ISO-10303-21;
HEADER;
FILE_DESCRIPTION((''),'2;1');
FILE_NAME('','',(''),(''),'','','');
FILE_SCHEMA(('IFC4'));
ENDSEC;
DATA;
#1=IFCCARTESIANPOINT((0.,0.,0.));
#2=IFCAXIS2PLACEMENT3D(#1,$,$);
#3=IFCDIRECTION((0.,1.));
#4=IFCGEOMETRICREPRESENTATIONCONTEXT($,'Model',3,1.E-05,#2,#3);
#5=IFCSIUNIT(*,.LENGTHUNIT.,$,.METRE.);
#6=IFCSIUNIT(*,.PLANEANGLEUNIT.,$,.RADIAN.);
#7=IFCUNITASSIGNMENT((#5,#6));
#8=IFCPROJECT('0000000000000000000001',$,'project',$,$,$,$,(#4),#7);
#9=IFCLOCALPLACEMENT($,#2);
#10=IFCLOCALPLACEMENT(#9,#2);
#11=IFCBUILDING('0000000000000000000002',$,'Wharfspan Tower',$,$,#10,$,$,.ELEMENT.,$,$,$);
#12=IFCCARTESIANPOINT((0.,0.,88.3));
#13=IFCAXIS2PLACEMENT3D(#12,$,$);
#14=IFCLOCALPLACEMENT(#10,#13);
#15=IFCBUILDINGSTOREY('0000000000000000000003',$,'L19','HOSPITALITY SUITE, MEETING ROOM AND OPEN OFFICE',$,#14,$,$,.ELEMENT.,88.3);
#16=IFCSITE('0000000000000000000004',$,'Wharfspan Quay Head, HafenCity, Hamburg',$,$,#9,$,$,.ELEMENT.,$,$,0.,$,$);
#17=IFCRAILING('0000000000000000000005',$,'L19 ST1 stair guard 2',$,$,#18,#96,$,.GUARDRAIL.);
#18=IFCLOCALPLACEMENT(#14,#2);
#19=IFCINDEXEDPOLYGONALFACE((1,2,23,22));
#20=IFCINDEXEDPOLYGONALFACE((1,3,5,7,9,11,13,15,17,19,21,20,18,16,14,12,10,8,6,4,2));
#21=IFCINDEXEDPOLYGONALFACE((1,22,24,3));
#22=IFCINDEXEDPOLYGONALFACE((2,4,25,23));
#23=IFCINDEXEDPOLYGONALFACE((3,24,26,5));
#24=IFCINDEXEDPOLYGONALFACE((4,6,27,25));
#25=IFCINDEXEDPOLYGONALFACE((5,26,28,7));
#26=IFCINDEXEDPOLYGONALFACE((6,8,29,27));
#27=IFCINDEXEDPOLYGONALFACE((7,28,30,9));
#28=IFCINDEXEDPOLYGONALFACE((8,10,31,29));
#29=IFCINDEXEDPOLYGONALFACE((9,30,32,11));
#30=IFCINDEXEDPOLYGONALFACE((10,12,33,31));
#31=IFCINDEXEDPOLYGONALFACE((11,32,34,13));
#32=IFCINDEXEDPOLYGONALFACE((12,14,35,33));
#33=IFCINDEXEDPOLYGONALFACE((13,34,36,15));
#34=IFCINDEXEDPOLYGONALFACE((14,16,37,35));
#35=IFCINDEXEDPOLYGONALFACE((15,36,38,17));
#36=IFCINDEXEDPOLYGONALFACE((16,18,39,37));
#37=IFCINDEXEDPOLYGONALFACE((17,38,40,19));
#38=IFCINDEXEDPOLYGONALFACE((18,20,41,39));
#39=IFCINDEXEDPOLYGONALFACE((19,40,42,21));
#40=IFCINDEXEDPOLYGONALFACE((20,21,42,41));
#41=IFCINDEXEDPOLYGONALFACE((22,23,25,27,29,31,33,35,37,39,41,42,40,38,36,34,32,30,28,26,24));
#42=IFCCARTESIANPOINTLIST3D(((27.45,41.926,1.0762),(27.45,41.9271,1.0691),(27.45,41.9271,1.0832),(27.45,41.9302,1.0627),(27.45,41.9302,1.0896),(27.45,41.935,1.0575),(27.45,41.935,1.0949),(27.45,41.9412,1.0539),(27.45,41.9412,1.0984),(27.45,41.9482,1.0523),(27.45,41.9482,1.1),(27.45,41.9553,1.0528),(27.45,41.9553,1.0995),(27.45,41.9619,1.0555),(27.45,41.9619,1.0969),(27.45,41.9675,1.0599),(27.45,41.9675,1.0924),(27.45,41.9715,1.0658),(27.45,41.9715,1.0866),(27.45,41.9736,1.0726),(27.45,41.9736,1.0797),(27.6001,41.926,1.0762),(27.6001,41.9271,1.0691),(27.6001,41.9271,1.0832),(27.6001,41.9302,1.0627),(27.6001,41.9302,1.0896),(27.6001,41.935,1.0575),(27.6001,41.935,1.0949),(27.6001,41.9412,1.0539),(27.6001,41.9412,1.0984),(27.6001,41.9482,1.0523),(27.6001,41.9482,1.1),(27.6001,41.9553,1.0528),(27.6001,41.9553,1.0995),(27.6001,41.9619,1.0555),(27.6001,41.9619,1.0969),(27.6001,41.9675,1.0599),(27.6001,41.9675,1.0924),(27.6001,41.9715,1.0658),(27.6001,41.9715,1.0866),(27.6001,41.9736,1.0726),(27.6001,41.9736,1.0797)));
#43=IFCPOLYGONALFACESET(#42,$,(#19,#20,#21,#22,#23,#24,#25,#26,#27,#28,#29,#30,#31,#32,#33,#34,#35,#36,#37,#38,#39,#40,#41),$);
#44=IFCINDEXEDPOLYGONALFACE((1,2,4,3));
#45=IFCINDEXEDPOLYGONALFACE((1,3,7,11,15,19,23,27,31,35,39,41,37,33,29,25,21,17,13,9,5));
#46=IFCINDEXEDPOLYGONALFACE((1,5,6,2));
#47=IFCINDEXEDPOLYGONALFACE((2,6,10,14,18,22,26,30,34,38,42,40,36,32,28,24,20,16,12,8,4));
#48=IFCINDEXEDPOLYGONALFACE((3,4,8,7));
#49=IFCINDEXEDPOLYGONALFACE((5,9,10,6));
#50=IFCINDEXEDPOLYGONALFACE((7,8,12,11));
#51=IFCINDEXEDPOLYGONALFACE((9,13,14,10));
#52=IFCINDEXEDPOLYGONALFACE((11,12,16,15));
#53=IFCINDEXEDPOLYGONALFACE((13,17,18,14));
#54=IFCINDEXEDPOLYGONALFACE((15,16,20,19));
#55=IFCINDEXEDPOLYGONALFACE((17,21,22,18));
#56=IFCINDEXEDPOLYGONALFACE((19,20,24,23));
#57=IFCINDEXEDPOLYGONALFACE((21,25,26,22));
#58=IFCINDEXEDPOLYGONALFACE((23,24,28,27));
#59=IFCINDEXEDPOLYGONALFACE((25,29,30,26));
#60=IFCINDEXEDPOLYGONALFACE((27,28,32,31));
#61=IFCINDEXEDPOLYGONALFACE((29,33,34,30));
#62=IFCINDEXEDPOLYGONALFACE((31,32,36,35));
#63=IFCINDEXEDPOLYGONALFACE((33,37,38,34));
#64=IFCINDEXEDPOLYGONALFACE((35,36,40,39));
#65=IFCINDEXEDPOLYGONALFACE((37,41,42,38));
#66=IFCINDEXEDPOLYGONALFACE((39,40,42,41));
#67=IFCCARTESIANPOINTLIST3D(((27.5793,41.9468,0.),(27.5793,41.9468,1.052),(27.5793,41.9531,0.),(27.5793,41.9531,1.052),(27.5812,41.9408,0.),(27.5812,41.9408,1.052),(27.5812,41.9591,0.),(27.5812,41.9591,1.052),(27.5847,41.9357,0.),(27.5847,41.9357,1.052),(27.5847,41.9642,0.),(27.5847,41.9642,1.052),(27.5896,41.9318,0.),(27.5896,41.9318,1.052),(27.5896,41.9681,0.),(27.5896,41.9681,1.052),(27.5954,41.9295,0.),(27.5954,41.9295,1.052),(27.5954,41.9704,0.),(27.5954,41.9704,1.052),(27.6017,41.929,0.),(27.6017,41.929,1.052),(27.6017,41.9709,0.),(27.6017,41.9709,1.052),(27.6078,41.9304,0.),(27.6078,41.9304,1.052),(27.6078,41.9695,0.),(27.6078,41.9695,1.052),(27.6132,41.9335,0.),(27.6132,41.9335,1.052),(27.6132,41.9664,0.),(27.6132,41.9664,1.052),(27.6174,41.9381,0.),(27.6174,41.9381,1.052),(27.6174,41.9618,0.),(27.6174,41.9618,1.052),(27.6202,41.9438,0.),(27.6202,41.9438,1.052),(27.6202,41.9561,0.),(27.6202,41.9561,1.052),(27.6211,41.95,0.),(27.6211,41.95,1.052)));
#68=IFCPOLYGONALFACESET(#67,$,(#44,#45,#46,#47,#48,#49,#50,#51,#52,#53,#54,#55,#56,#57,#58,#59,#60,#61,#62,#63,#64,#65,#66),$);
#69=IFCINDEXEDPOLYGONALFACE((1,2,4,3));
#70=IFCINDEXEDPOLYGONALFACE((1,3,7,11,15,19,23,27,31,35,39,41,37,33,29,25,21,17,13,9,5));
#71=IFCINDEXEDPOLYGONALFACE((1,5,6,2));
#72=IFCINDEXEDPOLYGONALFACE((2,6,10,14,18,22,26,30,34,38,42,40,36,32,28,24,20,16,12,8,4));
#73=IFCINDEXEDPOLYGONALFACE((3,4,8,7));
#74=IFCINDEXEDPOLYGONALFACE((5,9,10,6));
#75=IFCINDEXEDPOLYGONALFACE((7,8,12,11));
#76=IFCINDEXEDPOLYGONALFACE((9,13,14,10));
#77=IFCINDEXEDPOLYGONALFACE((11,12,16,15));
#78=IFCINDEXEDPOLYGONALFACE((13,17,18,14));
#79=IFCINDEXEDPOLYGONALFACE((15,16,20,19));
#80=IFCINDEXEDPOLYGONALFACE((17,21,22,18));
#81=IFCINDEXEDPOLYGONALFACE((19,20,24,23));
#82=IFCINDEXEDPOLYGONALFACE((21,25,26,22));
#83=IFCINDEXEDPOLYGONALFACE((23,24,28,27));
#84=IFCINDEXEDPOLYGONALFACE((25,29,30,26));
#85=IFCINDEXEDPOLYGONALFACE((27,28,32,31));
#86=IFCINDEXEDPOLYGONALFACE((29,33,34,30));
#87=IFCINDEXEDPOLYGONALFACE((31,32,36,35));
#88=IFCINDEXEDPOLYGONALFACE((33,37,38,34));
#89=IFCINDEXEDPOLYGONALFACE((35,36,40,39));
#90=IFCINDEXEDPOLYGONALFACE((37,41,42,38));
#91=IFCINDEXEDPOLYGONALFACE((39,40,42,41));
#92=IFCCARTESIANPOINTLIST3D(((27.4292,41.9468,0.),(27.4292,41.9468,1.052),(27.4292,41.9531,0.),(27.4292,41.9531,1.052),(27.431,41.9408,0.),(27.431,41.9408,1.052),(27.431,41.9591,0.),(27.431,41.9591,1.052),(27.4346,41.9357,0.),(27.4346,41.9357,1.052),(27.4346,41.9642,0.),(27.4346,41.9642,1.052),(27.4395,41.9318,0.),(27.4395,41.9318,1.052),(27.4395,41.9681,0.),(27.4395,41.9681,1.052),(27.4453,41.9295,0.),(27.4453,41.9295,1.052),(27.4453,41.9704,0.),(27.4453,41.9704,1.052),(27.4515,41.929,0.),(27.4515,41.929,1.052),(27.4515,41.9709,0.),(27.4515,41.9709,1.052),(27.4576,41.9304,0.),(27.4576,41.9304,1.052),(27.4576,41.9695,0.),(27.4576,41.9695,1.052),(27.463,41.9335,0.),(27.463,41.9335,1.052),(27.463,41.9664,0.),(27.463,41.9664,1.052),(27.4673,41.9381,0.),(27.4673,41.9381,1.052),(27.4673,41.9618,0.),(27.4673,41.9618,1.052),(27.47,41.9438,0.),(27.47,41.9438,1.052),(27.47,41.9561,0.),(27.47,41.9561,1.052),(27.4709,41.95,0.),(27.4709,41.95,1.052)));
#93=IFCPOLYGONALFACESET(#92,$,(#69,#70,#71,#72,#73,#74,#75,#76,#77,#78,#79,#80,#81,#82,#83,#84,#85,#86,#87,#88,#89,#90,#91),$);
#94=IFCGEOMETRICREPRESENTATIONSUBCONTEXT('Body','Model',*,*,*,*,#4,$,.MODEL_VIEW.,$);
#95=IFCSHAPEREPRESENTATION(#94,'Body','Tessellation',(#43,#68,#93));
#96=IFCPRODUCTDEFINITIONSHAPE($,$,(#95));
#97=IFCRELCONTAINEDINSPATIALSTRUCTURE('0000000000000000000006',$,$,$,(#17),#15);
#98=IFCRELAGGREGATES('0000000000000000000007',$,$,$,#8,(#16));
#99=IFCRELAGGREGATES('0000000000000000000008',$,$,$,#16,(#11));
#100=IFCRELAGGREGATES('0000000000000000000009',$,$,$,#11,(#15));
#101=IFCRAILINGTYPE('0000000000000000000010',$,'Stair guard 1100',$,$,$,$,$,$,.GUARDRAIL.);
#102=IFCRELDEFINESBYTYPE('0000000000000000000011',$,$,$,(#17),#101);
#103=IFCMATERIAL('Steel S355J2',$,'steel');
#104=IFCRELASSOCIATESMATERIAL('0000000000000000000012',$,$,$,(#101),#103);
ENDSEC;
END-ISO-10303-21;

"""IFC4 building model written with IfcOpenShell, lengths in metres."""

from ifc_helpers import new_model, si_unit, direction, frame, origin, origin_2d, place, context, subcontext, project, spatial, circle, extrude, material, type_object, element, save


model = new_model("IFC4")

# Units and contexts
model_context = context("Model", 3, precision=1e-05, world=origin(), true_north=direction((0.0, 1.0)))
body_context = subcontext(model_context, "Body", "Model", "MODEL_VIEW")
ifc_project = project(units=[si_unit("LENGTHUNIT", "METRE"), si_unit("PLANEANGLEUNIT", "RADIAN")], contexts=[model_context])

# Site, building, storey
site_placement = place(None, origin())
site = spatial("IfcSite", under=ifc_project, at=site_placement, Name="Wharfspan Quay Head, HafenCity, Hamburg", CompositionType="ELEMENT", RefElevation=0.0)
building_placement = place(site_placement, origin())
building = spatial("IfcBuilding", under=site, at=building_placement, Name="Wharfspan Tower", CompositionType="ELEMENT")
storey_placement = place(building_placement, frame((0.0, 0.0, 88.3)))
storey = spatial("IfcBuildingStorey", under=building, at=storey_placement, Name="L19", Description="HOSPITALITY SUITE, MEETING ROOM AND OPEN OFFICE", CompositionType="ELEMENT", Elevation=88.3)

# Shared definitions
ifc_material_1 = material(Name="Steel S355J2", Category="steel")

# Railing
railing_type_1 = type_object("IfcRailingType", Name="Stair guard 1100", PredefinedType="GUARDRAIL", material=ifc_material_1)
railing_1_placement = place(storey_placement, frame((27.6001, 41.95, 0.0)))
element("IfcRailing", 1, at=railing_1_placement, inside=storey, type_object=railing_type_1, Name="L19 ST1 stair guard 2", PredefinedType="GUARDRAIL", context=body_context, shape_type="SweptSolid", body=[
    extrude(circle(Radius=0.0239, at=origin_2d()), frame((0.0, 0.0, 1.0762), z_axis=(-1.0, 0.0, 0.0), x_axis=(0.0, -1.0, 0.0)), (0.0, 0.0, 1.0), 0.1501),
    extrude(circle(Radius=0.021, at=origin_2d()), origin(), (0.0, 0.0, 1.0), 1.052),
    extrude(circle(Radius=0.021, at=origin_2d()), frame((-0.1501, 0.0, 0.0)), (0.0, 0.0, 1.0), 1.052),
])

save(model, "model.ifc")
